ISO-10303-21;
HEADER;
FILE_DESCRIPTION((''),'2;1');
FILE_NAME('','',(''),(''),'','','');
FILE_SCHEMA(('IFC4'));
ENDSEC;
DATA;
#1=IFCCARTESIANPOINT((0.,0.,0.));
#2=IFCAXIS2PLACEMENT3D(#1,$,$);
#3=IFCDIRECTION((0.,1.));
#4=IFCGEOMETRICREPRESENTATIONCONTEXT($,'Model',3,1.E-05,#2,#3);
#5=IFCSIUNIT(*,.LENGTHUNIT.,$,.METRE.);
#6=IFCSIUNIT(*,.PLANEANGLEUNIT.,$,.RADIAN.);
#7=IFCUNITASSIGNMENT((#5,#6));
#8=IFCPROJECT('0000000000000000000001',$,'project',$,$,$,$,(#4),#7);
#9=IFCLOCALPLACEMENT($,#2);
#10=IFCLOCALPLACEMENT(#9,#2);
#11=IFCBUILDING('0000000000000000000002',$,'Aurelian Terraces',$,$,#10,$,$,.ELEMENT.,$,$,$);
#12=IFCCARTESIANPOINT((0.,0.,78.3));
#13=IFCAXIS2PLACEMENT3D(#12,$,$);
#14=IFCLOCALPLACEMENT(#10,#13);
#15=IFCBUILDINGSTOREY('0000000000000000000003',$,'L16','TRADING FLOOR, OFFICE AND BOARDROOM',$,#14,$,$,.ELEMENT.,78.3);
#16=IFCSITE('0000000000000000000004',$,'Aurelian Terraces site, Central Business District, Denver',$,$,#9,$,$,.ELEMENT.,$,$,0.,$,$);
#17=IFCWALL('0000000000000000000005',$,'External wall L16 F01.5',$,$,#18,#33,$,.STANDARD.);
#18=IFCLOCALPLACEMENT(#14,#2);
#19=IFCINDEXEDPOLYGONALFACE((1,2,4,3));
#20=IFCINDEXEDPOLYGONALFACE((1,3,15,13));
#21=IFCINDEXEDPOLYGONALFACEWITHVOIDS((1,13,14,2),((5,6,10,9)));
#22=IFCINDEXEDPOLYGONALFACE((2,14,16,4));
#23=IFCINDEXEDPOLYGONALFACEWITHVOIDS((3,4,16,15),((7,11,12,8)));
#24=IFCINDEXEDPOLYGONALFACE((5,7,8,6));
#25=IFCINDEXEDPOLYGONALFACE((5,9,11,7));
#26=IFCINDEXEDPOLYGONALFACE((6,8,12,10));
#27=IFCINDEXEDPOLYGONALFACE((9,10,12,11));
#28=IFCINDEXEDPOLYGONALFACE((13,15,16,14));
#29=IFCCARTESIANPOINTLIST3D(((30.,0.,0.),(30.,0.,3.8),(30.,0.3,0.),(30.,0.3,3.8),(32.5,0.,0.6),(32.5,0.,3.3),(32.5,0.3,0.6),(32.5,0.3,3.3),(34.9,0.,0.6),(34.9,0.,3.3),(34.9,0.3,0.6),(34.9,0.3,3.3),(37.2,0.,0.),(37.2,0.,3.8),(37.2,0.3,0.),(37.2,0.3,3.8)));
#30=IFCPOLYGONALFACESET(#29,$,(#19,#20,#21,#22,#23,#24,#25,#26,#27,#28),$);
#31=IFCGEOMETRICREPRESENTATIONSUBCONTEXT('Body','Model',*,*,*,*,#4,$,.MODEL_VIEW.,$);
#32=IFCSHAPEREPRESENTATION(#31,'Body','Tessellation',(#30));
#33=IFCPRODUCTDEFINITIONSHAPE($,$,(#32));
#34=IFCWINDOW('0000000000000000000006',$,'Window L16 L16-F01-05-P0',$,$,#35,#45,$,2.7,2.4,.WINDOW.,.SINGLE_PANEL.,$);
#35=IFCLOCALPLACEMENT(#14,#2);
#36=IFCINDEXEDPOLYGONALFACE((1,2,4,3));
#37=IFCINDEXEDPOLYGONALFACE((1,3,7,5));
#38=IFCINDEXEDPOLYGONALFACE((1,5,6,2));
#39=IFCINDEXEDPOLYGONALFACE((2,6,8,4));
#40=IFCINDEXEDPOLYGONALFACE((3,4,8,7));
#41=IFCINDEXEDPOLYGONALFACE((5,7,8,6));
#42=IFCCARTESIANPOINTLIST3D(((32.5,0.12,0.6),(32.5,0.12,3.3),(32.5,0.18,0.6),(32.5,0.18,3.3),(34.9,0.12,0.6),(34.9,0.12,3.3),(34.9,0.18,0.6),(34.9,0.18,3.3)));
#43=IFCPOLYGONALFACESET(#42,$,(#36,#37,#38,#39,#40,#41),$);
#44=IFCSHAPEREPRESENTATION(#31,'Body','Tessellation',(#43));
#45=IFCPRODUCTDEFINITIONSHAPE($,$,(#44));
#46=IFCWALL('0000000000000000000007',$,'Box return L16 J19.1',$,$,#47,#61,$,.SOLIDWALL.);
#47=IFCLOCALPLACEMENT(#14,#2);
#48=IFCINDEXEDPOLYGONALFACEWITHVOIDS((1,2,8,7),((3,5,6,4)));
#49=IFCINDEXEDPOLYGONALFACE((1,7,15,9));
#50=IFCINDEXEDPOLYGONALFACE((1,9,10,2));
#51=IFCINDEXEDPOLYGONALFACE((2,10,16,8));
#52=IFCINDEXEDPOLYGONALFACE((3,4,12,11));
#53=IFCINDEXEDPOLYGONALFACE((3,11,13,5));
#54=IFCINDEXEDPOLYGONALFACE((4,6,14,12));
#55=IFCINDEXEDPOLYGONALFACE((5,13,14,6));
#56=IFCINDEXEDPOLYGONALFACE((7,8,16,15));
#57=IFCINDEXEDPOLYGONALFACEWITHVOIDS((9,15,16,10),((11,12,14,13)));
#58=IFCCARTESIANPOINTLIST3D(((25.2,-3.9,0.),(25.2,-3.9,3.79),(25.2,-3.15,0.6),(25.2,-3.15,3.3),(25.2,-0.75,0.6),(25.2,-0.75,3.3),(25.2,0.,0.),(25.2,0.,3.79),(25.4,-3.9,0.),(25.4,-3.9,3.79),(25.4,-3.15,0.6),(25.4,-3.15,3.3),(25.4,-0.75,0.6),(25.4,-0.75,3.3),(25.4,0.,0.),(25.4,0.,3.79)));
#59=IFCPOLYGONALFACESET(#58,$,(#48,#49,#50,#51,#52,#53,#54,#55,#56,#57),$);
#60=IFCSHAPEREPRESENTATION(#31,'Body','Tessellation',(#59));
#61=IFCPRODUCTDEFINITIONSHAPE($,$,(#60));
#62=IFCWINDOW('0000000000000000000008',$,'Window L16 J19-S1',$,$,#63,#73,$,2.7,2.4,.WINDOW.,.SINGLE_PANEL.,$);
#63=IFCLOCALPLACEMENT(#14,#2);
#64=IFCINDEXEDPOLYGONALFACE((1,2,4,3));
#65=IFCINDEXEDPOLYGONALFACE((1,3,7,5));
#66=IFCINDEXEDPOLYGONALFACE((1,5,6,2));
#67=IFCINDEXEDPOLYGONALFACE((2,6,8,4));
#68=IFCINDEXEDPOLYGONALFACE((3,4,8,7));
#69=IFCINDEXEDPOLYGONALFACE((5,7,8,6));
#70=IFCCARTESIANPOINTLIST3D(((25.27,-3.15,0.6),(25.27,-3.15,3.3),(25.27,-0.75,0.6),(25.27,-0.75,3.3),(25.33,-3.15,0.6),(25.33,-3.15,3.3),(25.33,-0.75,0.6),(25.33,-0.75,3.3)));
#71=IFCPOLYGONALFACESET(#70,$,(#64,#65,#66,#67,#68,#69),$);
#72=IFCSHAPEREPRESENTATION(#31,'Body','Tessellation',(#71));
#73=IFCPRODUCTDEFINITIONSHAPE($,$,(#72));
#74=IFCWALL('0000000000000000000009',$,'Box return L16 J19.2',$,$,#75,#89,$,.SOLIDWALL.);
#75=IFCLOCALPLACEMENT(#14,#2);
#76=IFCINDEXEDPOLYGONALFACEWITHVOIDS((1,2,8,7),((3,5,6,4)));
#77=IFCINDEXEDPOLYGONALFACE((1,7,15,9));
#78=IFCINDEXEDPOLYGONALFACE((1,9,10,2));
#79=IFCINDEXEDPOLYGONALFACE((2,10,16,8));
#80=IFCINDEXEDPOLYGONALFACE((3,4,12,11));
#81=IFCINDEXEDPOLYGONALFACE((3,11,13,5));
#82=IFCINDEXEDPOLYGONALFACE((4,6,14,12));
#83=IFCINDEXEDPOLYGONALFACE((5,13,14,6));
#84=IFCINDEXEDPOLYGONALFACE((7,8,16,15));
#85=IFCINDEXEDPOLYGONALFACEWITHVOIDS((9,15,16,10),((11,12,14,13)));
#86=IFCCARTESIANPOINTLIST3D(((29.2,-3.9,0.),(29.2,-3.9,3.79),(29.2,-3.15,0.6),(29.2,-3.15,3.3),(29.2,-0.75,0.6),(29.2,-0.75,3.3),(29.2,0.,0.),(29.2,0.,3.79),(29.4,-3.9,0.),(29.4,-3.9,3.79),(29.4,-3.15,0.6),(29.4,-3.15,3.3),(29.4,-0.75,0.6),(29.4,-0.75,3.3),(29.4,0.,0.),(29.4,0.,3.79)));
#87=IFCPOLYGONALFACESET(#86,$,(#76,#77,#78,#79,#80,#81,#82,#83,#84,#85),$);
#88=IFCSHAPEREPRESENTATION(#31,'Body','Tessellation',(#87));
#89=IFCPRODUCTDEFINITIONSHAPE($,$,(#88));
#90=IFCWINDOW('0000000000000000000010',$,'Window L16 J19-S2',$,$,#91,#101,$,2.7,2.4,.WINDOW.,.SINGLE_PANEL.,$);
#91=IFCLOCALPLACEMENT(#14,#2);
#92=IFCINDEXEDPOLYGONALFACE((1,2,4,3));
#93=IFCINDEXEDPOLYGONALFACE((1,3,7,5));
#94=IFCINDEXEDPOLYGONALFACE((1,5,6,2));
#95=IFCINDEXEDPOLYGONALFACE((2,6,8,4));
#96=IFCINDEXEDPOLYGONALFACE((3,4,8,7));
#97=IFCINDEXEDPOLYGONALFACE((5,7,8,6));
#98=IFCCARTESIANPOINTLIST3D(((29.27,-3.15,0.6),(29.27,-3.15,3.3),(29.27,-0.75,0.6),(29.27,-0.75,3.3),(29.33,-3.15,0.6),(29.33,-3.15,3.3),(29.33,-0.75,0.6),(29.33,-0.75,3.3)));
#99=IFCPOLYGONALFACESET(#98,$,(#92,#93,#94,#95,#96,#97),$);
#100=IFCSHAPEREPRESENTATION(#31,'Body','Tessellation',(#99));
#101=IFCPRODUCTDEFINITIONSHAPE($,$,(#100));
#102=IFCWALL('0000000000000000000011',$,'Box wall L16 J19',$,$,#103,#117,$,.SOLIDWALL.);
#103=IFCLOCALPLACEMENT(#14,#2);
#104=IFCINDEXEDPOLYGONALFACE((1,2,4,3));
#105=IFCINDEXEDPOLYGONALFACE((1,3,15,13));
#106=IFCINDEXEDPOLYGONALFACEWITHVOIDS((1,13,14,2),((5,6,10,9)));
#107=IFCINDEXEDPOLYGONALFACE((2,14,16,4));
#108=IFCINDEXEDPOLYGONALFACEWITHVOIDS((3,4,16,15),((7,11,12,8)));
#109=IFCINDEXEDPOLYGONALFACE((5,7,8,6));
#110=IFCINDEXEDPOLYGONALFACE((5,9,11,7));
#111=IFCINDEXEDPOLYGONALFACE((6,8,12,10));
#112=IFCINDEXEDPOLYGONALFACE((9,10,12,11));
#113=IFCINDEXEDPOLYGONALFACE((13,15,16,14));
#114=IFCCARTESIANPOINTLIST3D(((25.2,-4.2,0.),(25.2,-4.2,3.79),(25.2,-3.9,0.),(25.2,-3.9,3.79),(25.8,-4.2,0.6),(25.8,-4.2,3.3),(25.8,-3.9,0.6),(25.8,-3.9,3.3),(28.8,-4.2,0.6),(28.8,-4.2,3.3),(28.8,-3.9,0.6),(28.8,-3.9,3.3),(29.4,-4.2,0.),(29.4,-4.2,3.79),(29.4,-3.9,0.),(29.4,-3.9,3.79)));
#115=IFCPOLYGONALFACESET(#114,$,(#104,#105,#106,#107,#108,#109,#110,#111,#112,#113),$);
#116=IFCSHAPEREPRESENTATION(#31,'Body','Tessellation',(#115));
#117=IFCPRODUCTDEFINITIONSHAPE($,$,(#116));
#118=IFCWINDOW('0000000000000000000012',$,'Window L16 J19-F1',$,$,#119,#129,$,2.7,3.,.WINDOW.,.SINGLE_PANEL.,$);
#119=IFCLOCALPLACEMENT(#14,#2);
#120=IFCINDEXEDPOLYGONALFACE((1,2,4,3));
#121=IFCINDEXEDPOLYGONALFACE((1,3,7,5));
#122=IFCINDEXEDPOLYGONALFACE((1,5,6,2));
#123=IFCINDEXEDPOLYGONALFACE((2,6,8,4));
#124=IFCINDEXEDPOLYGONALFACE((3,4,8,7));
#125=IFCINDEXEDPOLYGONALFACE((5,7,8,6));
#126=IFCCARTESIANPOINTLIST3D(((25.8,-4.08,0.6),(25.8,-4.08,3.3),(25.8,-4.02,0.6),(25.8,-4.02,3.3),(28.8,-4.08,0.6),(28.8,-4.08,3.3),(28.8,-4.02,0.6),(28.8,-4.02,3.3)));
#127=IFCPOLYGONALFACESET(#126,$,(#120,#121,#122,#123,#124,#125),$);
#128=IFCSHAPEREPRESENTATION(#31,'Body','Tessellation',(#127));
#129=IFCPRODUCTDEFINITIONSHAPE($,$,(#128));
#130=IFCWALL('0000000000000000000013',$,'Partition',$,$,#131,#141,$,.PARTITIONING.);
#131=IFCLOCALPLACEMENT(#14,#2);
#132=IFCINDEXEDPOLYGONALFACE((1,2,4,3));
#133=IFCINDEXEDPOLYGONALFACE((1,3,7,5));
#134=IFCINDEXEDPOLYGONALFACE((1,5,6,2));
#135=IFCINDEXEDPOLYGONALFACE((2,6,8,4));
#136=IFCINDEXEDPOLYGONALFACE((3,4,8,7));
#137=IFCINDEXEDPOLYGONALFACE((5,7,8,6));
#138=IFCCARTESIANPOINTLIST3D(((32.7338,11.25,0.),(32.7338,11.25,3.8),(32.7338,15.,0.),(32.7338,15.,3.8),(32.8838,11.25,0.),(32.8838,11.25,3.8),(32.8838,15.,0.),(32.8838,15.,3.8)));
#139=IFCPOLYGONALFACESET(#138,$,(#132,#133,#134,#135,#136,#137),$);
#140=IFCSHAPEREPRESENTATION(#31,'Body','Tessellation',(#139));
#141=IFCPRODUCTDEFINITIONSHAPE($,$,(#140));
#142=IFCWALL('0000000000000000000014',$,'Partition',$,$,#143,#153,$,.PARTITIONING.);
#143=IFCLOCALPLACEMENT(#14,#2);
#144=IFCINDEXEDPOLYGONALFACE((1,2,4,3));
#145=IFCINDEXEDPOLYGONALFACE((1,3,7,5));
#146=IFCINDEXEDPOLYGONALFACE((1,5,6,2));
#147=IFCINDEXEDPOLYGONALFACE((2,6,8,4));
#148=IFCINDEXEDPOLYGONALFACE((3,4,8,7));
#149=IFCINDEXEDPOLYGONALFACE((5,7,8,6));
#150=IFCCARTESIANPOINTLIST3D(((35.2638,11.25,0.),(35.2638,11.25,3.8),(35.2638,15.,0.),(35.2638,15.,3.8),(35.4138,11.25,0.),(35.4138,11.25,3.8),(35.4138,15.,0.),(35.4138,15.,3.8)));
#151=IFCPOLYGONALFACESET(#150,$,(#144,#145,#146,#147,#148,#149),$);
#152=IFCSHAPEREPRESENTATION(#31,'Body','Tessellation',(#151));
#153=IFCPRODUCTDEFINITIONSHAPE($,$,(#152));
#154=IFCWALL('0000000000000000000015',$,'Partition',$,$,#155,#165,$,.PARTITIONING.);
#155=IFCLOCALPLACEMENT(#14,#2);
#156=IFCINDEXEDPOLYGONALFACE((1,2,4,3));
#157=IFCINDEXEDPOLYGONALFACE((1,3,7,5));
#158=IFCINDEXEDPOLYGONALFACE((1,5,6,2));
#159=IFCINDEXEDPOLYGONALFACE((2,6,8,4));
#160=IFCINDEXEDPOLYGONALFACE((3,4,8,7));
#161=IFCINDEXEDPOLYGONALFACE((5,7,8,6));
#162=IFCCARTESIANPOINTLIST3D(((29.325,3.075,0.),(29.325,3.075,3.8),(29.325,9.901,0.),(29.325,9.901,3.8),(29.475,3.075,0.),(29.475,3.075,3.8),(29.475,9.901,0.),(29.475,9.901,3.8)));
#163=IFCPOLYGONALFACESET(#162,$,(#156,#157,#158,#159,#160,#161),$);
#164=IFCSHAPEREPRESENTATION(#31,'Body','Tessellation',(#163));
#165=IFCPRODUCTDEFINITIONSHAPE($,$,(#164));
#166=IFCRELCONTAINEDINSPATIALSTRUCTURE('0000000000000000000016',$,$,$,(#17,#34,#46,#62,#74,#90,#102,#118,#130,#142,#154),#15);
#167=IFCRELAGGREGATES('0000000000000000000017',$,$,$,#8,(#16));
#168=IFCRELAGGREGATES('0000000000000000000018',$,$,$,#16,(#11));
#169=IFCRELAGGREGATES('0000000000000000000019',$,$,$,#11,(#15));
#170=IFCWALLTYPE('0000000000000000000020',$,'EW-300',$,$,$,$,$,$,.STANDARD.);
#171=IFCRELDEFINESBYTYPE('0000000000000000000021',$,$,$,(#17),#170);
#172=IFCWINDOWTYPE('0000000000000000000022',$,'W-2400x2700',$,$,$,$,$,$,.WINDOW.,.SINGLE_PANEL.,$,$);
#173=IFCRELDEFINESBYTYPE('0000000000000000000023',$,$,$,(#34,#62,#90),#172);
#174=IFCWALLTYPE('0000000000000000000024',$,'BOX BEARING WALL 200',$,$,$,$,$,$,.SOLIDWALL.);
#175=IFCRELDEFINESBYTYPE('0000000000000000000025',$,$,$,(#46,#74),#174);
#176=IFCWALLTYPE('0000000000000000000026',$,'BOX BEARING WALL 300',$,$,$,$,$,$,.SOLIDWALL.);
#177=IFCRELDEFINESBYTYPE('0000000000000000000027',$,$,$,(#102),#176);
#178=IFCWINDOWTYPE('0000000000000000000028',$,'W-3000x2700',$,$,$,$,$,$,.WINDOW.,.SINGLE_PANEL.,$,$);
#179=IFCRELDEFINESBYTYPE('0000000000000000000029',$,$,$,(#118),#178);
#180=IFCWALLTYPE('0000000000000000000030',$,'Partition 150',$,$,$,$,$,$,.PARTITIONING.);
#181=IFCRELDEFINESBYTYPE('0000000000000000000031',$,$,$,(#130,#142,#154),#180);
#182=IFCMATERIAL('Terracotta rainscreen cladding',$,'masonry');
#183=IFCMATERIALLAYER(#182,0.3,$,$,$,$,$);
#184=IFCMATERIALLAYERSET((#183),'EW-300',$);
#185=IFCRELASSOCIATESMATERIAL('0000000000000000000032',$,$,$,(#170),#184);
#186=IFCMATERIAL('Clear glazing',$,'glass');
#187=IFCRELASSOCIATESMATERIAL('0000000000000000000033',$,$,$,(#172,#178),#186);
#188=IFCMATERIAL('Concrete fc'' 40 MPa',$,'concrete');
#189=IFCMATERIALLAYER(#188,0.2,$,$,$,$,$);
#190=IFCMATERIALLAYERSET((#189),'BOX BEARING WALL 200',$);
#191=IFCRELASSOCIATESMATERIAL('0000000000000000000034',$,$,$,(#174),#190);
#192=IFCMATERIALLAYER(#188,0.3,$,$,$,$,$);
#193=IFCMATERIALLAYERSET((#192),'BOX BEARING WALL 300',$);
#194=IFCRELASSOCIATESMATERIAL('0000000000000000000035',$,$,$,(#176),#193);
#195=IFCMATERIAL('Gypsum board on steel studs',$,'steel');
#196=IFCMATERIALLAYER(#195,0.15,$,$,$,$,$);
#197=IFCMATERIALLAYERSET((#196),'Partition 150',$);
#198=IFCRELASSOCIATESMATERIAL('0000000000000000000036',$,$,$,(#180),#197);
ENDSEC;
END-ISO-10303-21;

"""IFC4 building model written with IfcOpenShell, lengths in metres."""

from ifc_helpers import new_model, si_unit, direction, frame, frame_2d, origin, place, context, subcontext, project, spatial, rectangle, extrude, source, transform, mapped, material, layer, layer_set, type_object, element, fill, save


model = new_model("IFC4")

# Units and contexts
model_context = context("Model", 3, precision=1e-05, world=origin(), true_north=direction((0.0, 1.0)))
body_context = subcontext(model_context, "Body", "Model", "MODEL_VIEW")
ifc_project = project(units=[si_unit("LENGTHUNIT", "METRE"), si_unit("PLANEANGLEUNIT", "RADIAN")], contexts=[model_context])

# Site, building, storey
site_placement = place(None, origin())
site = spatial("IfcSite", under=ifc_project, at=site_placement, Name="Aurelian Terraces site, Central Business District, Denver", CompositionType="ELEMENT", RefElevation=0.0)
building_placement = place(site_placement, origin())
building = spatial("IfcBuilding", under=site, at=building_placement, Name="Aurelian Terraces", CompositionType="ELEMENT")
storey_placement = place(building_placement, frame((0.0, 0.0, 78.3)))
storey = spatial("IfcBuildingStorey", under=building, at=storey_placement, Name="L16", Description="TRADING FLOOR, OFFICE AND BOARDROOM", CompositionType="ELEMENT", Elevation=78.3)

# Shared definitions
ifc_material_1 = material(Name="Terracotta rainscreen cladding", Category="masonry")
ifc_layer_1 = layer(ifc_material_1, 0.3)
ifc_layer_set_1 = layer_set([ifc_layer_1], Name="EW-300")
wall_type_1 = type_object("IfcWallType", Name="EW-300", PredefinedType="STANDARD", material=ifc_layer_set_1)
shared_shape_1 = source(origin(), body_context, "Body", "SweptSolid", [
    extrude(rectangle(XDim=7.2, YDim=0.3, at=frame_2d((3.6, 0.0))), origin(), (0.0, 0.0, 1.0), 3.8),
])
shared_shape_2 = source(origin(), body_context, "Body", "SweptSolid", [
    extrude(rectangle(XDim=2.4, YDim=2.7, at=frame_2d((1.2, 1.35))), frame((0.0, 0.16, 0.0), z_axis=(0.0, -1.0, 0.0), x_axis=(1.0, 0.0, 0.0)), (0.0, 0.0, 1.0), 0.32),
])
ifc_material_2 = material(Name="Clear glazing", Category="glass")
window_type_1 = type_object("IfcWindowType", Name="W-2400x2700", PartitioningType="SINGLE_PANEL", PredefinedType="WINDOW", material=ifc_material_2)
shared_shape_3 = source(origin(), body_context, "Body", "SweptSolid", [
    extrude(rectangle(XDim=2.4, YDim=2.7, at=frame_2d((1.2, 1.35))), frame((0.0, 0.03, 0.0), z_axis=(0.0, -1.0, 0.0), x_axis=(1.0, 0.0, 0.0)), (0.0, 0.0, 1.0), 0.06),
])

# Walls, openings, windows
wall_1_placement = place(storey_placement, frame((30.0, 0.15, 0.0), z_axis=(0.0, 0.0, 1.0), x_axis=(1.0, 0.0, 0.0)))
wall_1 = element("IfcWall", 1, at=wall_1_placement, inside=storey, type_object=wall_type_1, Name="External wall L16 F01.5", PredefinedType="STANDARD", context=body_context, shape_type="MappedRepresentation", body=[
    mapped(shared_shape_1, transform((0.0, 0.0, 0.0), scale=1.0)),
])
opening_1_placement = place(wall_1_placement, frame((2.5, 0.0, 0.6)))
opening_1 = element("IfcOpeningElement", 2, at=opening_1_placement, cuts=wall_1, PredefinedType="OPENING", context=body_context, shape_type="MappedRepresentation", body=[
    mapped(shared_shape_2, transform((0.0, 0.0, 0.0), scale=1.0)),
])
window_1_placement = place(opening_1_placement, origin())
window_1 = element("IfcWindow", 3, at=window_1_placement, inside=storey, type_object=window_type_1, Name="Window L16 L16-F01-05-P0", OverallHeight=2.7, OverallWidth=2.4, PartitioningType="SINGLE_PANEL", PredefinedType="WINDOW", context=body_context, shape_type="MappedRepresentation", body=[
    mapped(shared_shape_3, transform((0.0, 0.0, 0.0), scale=1.0)),
])
fill(opening_1, window_1)
ifc_material_3 = material(Name="Concrete fc' 40 MPa", Category="concrete")
ifc_layer_2 = layer(ifc_material_3, 0.2)
ifc_layer_set_2 = layer_set([ifc_layer_2], Name="BOX BEARING WALL 200")
wall_type_2 = type_object("IfcWallType", Name="BOX BEARING WALL 200", PredefinedType="SOLIDWALL", material=ifc_layer_set_2)
shared_shape_4 = source(origin(), body_context, "Body", "SweptSolid", [
    extrude(rectangle(XDim=3.9, YDim=0.2, at=frame_2d((1.95, 0.0))), origin(), (0.0, 0.0, 1.0), 3.79),
])
wall_2_placement = place(storey_placement, frame((25.3, 0.0, 0.0), z_axis=(0.0, 0.0, 1.0), x_axis=(0.0, -1.0, 0.0)))
wall_2 = element("IfcWall", 4, at=wall_2_placement, inside=storey, type_object=wall_type_2, Name="Box return L16 J19.1", PredefinedType="SOLIDWALL", context=body_context, shape_type="MappedRepresentation", body=[
    mapped(shared_shape_4, transform((0.0, 0.0, 0.0), scale=1.0)),
])
shared_shape_5 = source(origin(), body_context, "Body", "SweptSolid", [
    extrude(rectangle(XDim=2.4, YDim=2.7, at=frame_2d((1.2, 1.35))), frame((0.0, 0.11, 0.0), z_axis=(0.0, -1.0, 0.0), x_axis=(1.0, 0.0, 0.0)), (0.0, 0.0, 1.0), 0.22),
])
opening_2_placement = place(wall_2_placement, frame((0.75, 0.0, 0.6)))
opening_2 = element("IfcOpeningElement", 5, at=opening_2_placement, cuts=wall_2, PredefinedType="OPENING", context=body_context, shape_type="MappedRepresentation", body=[
    mapped(shared_shape_5, transform((0.0, 0.0, 0.0), scale=1.0)),
])
window_2_placement = place(opening_2_placement, origin())
window_2 = element("IfcWindow", 6, at=window_2_placement, inside=storey, type_object=window_type_1, Name="Window L16 J19-S1", OverallHeight=2.7, OverallWidth=2.4, PartitioningType="SINGLE_PANEL", PredefinedType="WINDOW", context=body_context, shape_type="MappedRepresentation", body=[
    mapped(shared_shape_3, transform((0.0, 0.0, 0.0), scale=1.0)),
])
fill(opening_2, window_2)
wall_3_placement = place(storey_placement, frame((29.3, 0.0, 0.0), z_axis=(0.0, 0.0, 1.0), x_axis=(0.0, -1.0, 0.0)))
wall_3 = element("IfcWall", 7, at=wall_3_placement, inside=storey, type_object=wall_type_2, Name="Box return L16 J19.2", PredefinedType="SOLIDWALL", context=body_context, shape_type="MappedRepresentation", body=[
    mapped(shared_shape_4, transform((0.0, 0.0, 0.0), scale=1.0)),
])
opening_3_placement = place(wall_3_placement, frame((0.75, 0.0, 0.6)))
opening_3 = element("IfcOpeningElement", 8, at=opening_3_placement, cuts=wall_3, PredefinedType="OPENING", context=body_context, shape_type="MappedRepresentation", body=[
    mapped(shared_shape_5, transform((0.0, 0.0, 0.0), scale=1.0)),
])
window_3_placement = place(opening_3_placement, origin())
window_3 = element("IfcWindow", 9, at=window_3_placement, inside=storey, type_object=window_type_1, Name="Window L16 J19-S2", OverallHeight=2.7, OverallWidth=2.4, PartitioningType="SINGLE_PANEL", PredefinedType="WINDOW", context=body_context, shape_type="MappedRepresentation", body=[
    mapped(shared_shape_3, transform((0.0, 0.0, 0.0), scale=1.0)),
])
fill(opening_3, window_3)
ifc_layer_3 = layer(ifc_material_3, 0.3)
ifc_layer_set_3 = layer_set([ifc_layer_3], Name="BOX BEARING WALL 300")
wall_type_3 = type_object("IfcWallType", Name="BOX BEARING WALL 300", PredefinedType="SOLIDWALL", material=ifc_layer_set_3)
shared_shape_6 = source(origin(), body_context, "Body", "SweptSolid", [
    extrude(rectangle(XDim=4.2, YDim=0.3, at=frame_2d((2.1, 0.0))), origin(), (0.0, 0.0, 1.0), 3.79),
])
wall_4_placement = place(storey_placement, frame((25.2, -4.05, 0.0), z_axis=(0.0, 0.0, 1.0), x_axis=(1.0, 0.0, 0.0)))
wall_4 = element("IfcWall", 10, at=wall_4_placement, inside=storey, type_object=wall_type_3, Name="Box wall L16 J19", PredefinedType="SOLIDWALL", context=body_context, shape_type="MappedRepresentation", body=[
    mapped(shared_shape_6, transform((0.0, 0.0, 0.0), scale=1.0)),
])
shared_shape_7 = source(origin(), body_context, "Body", "SweptSolid", [
    extrude(rectangle(XDim=3.0, YDim=2.7, at=frame_2d((1.5, 1.35))), frame((0.0, 0.16, 0.0), z_axis=(0.0, -1.0, 0.0), x_axis=(1.0, 0.0, 0.0)), (0.0, 0.0, 1.0), 0.32),
])
opening_4_placement = place(wall_4_placement, frame((0.6, 0.0, 0.6)))
opening_4 = element("IfcOpeningElement", 11, at=opening_4_placement, cuts=wall_4, PredefinedType="OPENING", context=body_context, shape_type="MappedRepresentation", body=[
    mapped(shared_shape_7, transform((0.0, 0.0, 0.0), scale=1.0)),
])
window_type_2 = type_object("IfcWindowType", Name="W-3000x2700", PartitioningType="SINGLE_PANEL", PredefinedType="WINDOW", material=ifc_material_2)
shared_shape_8 = source(origin(), body_context, "Body", "SweptSolid", [
    extrude(rectangle(XDim=3.0, YDim=2.7, at=frame_2d((1.5, 1.35))), frame((0.0, 0.03, 0.0), z_axis=(0.0, -1.0, 0.0), x_axis=(1.0, 0.0, 0.0)), (0.0, 0.0, 1.0), 0.06),
])
window_4_placement = place(opening_4_placement, origin())
window_4 = element("IfcWindow", 12, at=window_4_placement, inside=storey, type_object=window_type_2, Name="Window L16 J19-F1", OverallHeight=2.7, OverallWidth=3.0, PartitioningType="SINGLE_PANEL", PredefinedType="WINDOW", context=body_context, shape_type="MappedRepresentation", body=[
    mapped(shared_shape_8, transform((0.0, 0.0, 0.0), scale=1.0)),
])
fill(opening_4, window_4)

# Walls
ifc_material_4 = material(Name="Gypsum board on steel studs", Category="steel")
ifc_layer_4 = layer(ifc_material_4, 0.15)
ifc_layer_set_4 = layer_set([ifc_layer_4], Name="Partition 150")
wall_type_4 = type_object("IfcWallType", Name="Partition 150", PredefinedType="PARTITIONING", material=ifc_layer_set_4)
shared_shape_9 = source(origin(), body_context, "Body", "SweptSolid", [
    extrude(rectangle(XDim=3.75, YDim=0.15, at=frame_2d((1.875, 0.0))), origin(), (0.0, 0.0, 1.0), 3.8),
])
for number, where, z_axis, x_axis, name in (
    (13, (32.8088, 11.25, 0.0), (0.0, 0.0, 1.0), (0.0, 1.0, 0.0), "Partition"),
    (14, (35.3388, 11.25, 0.0), (0.0, 0.0, 1.0), (0.0, 1.0, 0.0), "Partition"),
):
    element("IfcWall", number, at=place(storey_placement, frame(where, z_axis=z_axis, x_axis=x_axis)), inside=storey, type_object=wall_type_4, Name=name, PredefinedType="PARTITIONING", context=body_context, shape_type="MappedRepresentation", body=[
        mapped(shared_shape_9, transform((0.0, 0.0, 0.0), scale=1.0)),
    ])
shared_shape_10 = source(origin(), body_context, "Body", "SweptSolid", [
    extrude(rectangle(XDim=6.826, YDim=0.15, at=frame_2d((3.413, 0.0))), origin(), (0.0, 0.0, 1.0), 3.8),
])
wall_5_placement = place(storey_placement, frame((29.4, 3.075, 0.0), z_axis=(0.0, 0.0, 1.0), x_axis=(0.0, 1.0, 0.0)))
element("IfcWall", 15, at=wall_5_placement, inside=storey, type_object=wall_type_4, Name="Partition", PredefinedType="PARTITIONING", context=body_context, shape_type="MappedRepresentation", body=[
    mapped(shared_shape_10, transform((0.0, 0.0, 0.0), scale=1.0)),
])

save(model, "model.ifc")
